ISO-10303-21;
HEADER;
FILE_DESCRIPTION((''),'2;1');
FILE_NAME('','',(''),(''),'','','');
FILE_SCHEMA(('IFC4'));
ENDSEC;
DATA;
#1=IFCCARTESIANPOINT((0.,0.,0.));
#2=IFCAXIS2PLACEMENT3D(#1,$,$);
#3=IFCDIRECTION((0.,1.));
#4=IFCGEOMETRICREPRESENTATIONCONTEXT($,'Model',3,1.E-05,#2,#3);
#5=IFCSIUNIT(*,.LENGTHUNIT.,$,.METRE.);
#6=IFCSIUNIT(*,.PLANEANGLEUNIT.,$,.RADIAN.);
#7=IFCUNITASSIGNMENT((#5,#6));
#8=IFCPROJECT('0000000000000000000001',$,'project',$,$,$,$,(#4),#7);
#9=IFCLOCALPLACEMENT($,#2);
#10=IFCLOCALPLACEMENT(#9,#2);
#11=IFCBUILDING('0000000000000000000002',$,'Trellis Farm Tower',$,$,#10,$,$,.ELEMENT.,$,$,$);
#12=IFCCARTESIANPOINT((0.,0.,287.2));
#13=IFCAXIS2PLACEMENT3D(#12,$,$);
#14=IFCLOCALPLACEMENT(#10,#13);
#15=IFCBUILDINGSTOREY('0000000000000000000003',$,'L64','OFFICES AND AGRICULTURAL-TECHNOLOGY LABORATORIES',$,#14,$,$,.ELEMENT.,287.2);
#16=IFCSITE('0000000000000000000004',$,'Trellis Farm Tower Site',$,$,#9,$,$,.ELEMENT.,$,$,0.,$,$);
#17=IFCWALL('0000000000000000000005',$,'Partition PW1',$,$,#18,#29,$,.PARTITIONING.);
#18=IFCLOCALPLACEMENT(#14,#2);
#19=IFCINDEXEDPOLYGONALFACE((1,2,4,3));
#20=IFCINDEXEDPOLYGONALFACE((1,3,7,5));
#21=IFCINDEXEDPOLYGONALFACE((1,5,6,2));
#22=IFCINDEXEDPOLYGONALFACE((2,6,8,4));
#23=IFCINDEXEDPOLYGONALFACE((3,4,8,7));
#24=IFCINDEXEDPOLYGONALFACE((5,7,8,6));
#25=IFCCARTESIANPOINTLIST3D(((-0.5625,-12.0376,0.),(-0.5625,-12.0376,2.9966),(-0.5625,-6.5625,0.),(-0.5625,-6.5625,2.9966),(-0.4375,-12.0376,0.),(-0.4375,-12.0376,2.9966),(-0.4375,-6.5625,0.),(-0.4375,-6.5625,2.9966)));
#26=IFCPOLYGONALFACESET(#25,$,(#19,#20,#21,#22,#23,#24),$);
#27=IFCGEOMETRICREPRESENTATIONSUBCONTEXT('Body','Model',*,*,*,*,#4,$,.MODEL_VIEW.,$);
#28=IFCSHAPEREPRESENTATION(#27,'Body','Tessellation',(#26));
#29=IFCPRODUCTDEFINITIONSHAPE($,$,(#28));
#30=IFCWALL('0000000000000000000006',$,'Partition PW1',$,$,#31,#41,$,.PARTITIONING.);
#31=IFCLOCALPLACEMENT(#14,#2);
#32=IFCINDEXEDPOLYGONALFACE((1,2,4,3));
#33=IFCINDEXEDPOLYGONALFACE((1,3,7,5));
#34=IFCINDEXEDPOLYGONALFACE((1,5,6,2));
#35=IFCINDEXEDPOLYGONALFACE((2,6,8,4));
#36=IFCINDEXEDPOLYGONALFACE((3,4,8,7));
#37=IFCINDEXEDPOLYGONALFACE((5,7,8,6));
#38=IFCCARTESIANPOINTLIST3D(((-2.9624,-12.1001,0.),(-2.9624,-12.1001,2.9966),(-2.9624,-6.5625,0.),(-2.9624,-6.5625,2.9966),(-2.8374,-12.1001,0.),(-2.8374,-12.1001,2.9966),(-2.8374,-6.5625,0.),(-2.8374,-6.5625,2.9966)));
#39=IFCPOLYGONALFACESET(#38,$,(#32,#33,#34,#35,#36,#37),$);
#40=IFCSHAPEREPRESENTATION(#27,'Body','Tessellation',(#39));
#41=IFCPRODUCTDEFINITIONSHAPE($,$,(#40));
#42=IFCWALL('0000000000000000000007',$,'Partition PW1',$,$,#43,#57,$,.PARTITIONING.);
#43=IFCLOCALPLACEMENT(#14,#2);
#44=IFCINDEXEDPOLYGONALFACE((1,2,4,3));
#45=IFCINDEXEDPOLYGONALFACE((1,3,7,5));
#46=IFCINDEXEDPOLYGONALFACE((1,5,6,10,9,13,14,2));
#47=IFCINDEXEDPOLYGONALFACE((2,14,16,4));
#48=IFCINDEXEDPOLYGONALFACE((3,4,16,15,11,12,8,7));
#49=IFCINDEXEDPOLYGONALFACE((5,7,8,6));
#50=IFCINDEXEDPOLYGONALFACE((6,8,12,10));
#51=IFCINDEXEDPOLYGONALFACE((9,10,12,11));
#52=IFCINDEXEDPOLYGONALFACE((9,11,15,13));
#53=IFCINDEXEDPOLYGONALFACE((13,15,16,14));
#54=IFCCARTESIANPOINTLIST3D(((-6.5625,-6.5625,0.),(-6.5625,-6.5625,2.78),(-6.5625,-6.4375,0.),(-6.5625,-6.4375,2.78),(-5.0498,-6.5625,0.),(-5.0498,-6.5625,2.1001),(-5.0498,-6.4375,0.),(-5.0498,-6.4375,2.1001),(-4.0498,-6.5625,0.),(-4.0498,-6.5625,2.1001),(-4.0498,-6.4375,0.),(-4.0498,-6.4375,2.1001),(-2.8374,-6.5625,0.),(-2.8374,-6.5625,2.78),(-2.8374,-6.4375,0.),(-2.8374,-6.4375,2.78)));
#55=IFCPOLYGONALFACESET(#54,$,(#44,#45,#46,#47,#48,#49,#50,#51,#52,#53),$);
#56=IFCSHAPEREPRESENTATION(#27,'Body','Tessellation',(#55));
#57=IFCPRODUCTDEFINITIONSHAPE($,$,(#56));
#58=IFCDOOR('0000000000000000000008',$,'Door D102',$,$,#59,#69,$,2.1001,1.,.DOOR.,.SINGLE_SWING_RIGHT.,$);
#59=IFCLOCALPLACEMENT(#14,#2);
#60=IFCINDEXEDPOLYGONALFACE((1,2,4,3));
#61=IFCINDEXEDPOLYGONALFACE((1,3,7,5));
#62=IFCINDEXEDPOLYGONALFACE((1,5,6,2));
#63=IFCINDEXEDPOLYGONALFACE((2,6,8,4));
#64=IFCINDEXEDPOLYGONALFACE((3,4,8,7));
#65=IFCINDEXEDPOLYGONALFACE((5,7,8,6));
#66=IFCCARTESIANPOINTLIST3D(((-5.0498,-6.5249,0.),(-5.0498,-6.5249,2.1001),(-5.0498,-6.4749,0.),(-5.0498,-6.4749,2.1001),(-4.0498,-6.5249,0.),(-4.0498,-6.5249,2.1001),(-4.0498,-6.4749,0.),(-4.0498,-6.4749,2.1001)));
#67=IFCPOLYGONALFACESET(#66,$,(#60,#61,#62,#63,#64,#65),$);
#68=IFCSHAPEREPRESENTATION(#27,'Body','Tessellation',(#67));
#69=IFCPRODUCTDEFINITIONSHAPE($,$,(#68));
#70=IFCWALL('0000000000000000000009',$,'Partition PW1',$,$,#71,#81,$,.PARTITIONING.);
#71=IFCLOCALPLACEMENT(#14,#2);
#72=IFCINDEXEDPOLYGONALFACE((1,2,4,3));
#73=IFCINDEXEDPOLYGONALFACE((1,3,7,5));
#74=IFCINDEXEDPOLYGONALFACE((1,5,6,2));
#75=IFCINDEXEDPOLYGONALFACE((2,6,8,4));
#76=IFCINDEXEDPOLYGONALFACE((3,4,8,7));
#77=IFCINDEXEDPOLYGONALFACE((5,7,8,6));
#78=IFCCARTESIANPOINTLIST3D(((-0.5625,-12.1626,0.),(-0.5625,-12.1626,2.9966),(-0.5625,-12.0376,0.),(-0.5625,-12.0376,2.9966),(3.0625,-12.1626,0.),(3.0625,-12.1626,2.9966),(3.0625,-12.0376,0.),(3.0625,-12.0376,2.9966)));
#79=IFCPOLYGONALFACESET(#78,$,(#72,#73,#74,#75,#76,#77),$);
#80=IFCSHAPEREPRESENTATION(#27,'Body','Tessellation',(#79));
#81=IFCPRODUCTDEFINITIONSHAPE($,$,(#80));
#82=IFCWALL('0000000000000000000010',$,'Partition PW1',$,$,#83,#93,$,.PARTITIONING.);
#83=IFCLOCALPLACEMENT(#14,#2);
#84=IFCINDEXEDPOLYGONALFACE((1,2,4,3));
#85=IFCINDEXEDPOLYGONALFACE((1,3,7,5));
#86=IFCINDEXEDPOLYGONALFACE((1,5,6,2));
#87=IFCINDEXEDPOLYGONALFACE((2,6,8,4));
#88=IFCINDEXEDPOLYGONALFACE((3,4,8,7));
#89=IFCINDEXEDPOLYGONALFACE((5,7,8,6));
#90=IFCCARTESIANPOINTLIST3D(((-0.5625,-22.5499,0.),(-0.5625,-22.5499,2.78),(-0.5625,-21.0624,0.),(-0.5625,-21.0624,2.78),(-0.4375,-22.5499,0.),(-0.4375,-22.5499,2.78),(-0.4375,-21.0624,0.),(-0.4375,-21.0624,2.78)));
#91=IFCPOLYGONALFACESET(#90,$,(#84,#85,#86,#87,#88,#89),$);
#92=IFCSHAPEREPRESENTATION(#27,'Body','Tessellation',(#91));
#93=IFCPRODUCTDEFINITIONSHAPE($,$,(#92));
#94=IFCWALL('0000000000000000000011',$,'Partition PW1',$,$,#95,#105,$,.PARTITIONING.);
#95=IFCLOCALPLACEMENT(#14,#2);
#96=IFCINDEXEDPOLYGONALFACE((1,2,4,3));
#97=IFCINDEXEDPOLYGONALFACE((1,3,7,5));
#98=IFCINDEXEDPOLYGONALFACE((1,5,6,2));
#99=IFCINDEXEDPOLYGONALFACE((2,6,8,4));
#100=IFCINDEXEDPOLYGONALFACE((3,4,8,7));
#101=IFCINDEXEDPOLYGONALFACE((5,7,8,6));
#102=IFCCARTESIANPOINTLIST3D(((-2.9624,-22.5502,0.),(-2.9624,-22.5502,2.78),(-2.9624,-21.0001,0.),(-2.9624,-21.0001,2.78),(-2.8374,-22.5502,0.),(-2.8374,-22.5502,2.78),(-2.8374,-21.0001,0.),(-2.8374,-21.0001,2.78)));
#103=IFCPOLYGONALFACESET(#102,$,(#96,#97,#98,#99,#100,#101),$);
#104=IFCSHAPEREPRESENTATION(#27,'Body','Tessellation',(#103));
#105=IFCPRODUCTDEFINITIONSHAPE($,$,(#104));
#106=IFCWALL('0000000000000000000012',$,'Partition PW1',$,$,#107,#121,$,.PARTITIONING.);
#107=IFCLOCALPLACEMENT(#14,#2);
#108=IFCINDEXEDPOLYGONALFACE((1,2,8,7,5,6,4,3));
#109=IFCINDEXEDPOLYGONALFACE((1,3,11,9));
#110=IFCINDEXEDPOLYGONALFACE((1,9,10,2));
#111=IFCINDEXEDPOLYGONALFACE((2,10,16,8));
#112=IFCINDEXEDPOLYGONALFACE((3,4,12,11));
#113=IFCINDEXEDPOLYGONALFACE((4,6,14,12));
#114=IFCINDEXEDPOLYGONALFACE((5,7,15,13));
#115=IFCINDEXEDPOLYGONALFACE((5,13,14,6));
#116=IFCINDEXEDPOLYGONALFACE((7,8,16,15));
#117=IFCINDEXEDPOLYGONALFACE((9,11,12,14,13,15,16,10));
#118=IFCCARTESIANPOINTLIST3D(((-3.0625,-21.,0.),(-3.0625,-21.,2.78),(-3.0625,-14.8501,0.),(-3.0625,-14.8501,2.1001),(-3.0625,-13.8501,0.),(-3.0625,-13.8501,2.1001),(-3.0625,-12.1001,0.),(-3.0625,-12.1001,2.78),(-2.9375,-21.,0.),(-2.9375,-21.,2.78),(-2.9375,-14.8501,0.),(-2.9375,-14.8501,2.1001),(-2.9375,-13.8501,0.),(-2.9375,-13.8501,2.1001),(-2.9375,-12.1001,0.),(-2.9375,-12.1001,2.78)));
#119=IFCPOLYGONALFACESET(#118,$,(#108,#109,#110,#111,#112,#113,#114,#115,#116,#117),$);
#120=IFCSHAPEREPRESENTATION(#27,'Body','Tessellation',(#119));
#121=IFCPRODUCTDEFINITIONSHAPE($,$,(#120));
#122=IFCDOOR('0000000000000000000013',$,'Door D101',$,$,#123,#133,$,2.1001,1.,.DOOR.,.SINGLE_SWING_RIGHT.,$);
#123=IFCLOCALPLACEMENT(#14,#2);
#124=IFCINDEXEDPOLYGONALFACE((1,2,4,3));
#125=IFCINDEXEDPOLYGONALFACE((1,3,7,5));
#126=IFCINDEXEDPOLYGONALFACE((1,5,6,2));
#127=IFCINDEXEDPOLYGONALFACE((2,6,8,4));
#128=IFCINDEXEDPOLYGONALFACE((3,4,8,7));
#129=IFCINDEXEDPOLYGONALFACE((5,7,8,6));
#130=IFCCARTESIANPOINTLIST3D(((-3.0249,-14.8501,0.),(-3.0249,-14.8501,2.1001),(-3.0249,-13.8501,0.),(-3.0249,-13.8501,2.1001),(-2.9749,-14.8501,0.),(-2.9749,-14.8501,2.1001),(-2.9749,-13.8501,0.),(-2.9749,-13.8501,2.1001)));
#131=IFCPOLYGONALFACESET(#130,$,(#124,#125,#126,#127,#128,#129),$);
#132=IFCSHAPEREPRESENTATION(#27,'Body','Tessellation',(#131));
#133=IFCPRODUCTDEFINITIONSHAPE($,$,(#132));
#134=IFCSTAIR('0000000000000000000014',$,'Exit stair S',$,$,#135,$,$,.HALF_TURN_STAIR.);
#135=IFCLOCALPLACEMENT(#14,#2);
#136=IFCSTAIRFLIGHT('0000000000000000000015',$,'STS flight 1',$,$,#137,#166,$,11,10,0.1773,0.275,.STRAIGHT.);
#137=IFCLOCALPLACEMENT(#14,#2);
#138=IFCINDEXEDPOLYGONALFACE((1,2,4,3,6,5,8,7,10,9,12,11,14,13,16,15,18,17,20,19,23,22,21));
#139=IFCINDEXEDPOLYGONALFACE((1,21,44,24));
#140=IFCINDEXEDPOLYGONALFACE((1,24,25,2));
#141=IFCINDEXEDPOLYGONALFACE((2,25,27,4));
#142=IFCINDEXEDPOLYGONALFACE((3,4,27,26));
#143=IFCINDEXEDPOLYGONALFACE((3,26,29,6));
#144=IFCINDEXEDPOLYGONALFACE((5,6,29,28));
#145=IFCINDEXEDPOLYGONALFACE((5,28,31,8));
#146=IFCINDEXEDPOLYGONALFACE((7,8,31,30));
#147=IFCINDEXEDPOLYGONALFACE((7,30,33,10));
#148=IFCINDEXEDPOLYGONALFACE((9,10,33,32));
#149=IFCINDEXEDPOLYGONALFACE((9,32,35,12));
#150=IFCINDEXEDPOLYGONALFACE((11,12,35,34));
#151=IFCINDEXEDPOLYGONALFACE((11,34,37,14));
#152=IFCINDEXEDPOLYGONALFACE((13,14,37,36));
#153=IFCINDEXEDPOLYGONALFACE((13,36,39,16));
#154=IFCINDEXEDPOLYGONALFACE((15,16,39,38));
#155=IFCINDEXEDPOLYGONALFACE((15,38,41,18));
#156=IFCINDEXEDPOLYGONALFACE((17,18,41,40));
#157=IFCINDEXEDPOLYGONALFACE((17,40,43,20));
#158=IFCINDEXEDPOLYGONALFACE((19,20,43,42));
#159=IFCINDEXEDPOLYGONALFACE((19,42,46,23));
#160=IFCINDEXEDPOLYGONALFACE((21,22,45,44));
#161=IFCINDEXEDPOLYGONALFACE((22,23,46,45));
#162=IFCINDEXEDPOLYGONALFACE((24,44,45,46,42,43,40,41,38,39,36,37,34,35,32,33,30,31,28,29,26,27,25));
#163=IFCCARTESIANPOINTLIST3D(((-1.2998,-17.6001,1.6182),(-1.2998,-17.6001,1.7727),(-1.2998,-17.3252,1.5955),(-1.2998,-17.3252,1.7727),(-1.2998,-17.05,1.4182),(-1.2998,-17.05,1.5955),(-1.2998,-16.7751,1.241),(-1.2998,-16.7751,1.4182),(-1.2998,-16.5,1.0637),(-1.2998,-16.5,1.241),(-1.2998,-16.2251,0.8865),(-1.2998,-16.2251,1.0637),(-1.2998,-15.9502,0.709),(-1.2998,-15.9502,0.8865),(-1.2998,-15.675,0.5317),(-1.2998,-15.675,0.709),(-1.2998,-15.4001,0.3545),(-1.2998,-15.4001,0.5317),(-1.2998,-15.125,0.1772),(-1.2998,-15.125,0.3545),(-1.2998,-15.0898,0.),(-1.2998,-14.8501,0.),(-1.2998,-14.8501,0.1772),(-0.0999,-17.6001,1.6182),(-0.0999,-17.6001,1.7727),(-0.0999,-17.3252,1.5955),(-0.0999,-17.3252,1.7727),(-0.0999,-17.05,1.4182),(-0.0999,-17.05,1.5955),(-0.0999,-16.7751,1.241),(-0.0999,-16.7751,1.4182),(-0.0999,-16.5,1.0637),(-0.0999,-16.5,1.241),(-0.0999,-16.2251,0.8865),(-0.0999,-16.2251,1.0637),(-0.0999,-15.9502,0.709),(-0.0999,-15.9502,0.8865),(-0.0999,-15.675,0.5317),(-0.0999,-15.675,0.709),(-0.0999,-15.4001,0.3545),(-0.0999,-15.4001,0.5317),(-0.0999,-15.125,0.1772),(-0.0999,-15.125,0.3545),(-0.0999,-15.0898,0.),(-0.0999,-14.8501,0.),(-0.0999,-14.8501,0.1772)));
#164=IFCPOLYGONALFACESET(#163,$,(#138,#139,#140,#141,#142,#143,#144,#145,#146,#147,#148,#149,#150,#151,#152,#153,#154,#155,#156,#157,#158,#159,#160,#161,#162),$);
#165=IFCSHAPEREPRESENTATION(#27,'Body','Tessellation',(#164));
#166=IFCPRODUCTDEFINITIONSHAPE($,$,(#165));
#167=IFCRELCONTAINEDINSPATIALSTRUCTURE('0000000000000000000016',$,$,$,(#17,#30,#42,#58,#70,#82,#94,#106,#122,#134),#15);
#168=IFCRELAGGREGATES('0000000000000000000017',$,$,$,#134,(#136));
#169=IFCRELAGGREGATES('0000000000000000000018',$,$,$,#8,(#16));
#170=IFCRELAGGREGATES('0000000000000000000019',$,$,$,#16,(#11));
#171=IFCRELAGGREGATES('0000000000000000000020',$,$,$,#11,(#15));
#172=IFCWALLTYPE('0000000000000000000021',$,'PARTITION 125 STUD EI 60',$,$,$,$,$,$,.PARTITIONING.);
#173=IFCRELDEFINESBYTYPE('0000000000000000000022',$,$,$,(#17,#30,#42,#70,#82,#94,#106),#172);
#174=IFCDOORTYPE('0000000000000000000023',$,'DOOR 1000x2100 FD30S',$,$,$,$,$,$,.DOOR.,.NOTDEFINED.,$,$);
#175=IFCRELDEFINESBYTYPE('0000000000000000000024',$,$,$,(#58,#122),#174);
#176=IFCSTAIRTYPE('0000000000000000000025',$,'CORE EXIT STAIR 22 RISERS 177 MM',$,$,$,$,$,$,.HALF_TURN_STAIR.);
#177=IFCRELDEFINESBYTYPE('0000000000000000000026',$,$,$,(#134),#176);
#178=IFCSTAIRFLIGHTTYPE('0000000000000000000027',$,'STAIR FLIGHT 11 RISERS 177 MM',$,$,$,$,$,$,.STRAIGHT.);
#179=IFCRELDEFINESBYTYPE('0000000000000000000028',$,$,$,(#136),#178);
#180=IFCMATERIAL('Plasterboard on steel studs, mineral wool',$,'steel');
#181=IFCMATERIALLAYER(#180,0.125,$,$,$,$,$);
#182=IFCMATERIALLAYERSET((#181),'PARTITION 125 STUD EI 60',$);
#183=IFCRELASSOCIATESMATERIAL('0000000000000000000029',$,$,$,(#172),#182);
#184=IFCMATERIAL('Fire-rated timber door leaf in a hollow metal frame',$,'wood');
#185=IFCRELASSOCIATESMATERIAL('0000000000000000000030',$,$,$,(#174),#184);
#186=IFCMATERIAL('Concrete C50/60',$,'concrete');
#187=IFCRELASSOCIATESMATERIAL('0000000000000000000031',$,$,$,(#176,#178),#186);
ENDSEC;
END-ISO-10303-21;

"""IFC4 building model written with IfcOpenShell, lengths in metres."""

from ifc_helpers import new_model, si_unit, direction, frame, frame_2d, origin, place, context, subcontext, project, spatial, polyline, rectangle, outline, extrude, source, transform, mapped, material, layer, layer_set, type_object, element, fill, aggregate, save


model = new_model("IFC4")

# Units and contexts
model_context = context("Model", 3, precision=1e-05, world=origin(), true_north=direction((0.0, 1.0)))
body_context = subcontext(model_context, "Body", "Model", "MODEL_VIEW")
ifc_project = project(units=[si_unit("LENGTHUNIT", "METRE"), si_unit("PLANEANGLEUNIT", "RADIAN")], contexts=[model_context])

# Site, building, storey
site_placement = place(None, origin())
site = spatial("IfcSite", under=ifc_project, at=site_placement, Name="Trellis Farm Tower Site", CompositionType="ELEMENT", RefElevation=0.0)
building_placement = place(site_placement, origin())
building = spatial("IfcBuilding", under=site, at=building_placement, Name="Trellis Farm Tower", CompositionType="ELEMENT")
storey_placement = place(building_placement, frame((0.0, 0.0, 287.2)))
storey = spatial("IfcBuildingStorey", under=building, at=storey_placement, Name="L64", Description="OFFICES AND AGRICULTURAL-TECHNOLOGY LABORATORIES", CompositionType="ELEMENT", Elevation=287.2)

# Shared definitions
placement = place(storey_placement, origin())

# Walls
ifc_material_1 = material(Name="Concrete C50/60", Category="concrete")
ifc_material_2 = material(Name="Plasterboard on steel studs, mineral wool", Category="steel")
ifc_layer_1 = layer(ifc_material_2, 0.125)
ifc_layer_set_1 = layer_set([ifc_layer_1], Name="PARTITION 125 STUD EI 60")
wall_type_1 = type_object("IfcWallType", Name="PARTITION 125 STUD EI 60", PredefinedType="PARTITIONING", material=ifc_layer_set_1)
shared_shape_1 = source(origin(), body_context, "Body", "SweptSolid", [
    extrude(rectangle(XDim=5.4751, YDim=0.125, at=frame_2d((2.7375, 0.0))), origin(), (0.0, 0.0, 1.0), 2.9966),
])
wall_1_placement = place(storey_placement, frame((-0.5, -6.5625, 0.0), z_axis=(0.0, 0.0, 1.0), x_axis=(0.0, -1.0, 0.0)))
element("IfcWall", 1, at=wall_1_placement, inside=storey, type_object=wall_type_1, Name="Partition PW1", PredefinedType="PARTITIONING", context=body_context, shape_type="MappedRepresentation", body=[
    mapped(shared_shape_1, transform((0.0, 0.0, 0.0))),
])
shared_shape_2 = source(origin(), body_context, "Body", "SweptSolid", [
    extrude(rectangle(XDim=5.5376, YDim=0.125, at=frame_2d((2.7688, 0.0))), origin(), (0.0, 0.0, 1.0), 2.9966),
])
wall_2_placement = place(storey_placement, frame((-2.8999, -12.1001, 0.0), z_axis=(0.0, 0.0, 1.0), x_axis=(0.0, 1.0, 0.0)))
element("IfcWall", 2, at=wall_2_placement, inside=storey, type_object=wall_type_1, Name="Partition PW1", PredefinedType="PARTITIONING", context=body_context, shape_type="MappedRepresentation", body=[
    mapped(shared_shape_2, transform((0.0, 0.0, 0.0))),
])

# Wall, opening, door
shared_shape_3 = source(origin(), body_context, "Body", "SweptSolid", [
    extrude(rectangle(XDim=3.7251, YDim=0.125, at=frame_2d((1.8625, 0.0))), origin(), (0.0, 0.0, 1.0), 2.78),
])
wall_3_placement = place(storey_placement, frame((-2.8374, -6.5, 0.0), z_axis=(0.0, 0.0, 1.0), x_axis=(-1.0, 0.0, 0.0)))
wall_3 = element("IfcWall", 3, at=wall_3_placement, inside=storey, type_object=wall_type_1, Name="Partition PW1", PredefinedType="PARTITIONING", context=body_context, shape_type="MappedRepresentation", body=[
    mapped(shared_shape_3, transform((0.0, 0.0, 0.0))),
])
shared_shape_4 = source(origin(), body_context, "Body", "SweptSolid", [
    extrude(rectangle(XDim=1.0, YDim=2.1001, at=frame_2d((0.5, 1.05))), frame((0.0, 0.0725, 0.0), z_axis=(0.0, -1.0, 0.0), x_axis=(1.0, 0.0, 0.0)), (0.0, 0.0, 1.0), 0.145),
])
opening_1_placement = place(wall_3_placement, frame((1.2124, 0.0, 0.0)))
opening_1 = element("IfcOpeningElement", 4, at=opening_1_placement, cuts=wall_3, PredefinedType="OPENING", context=body_context, shape_type="MappedRepresentation", body=[
    mapped(shared_shape_4, transform((0.0, 0.0, 0.0))),
])
ifc_material_3 = material(Name="Fire-rated timber door leaf in a hollow metal frame", Category="wood")
door_type = type_object("IfcDoorType", Name="DOOR 1000x2100 FD30S", OperationType="NOTDEFINED", PredefinedType="DOOR", material=ifc_material_3)
shared_shape_5 = source(origin(), body_context, "Body", "SweptSolid", [
    extrude(rectangle(XDim=1.0, YDim=2.1001, at=frame_2d((0.5, 1.05))), frame((0.0, 0.0249, 0.0), z_axis=(0.0, -1.0, 0.0), x_axis=(1.0, 0.0, 0.0)), (0.0, 0.0, 1.0), 0.05),
])
door_1_placement = place(opening_1_placement, origin())
door_1 = element("IfcDoor", 5, at=door_1_placement, inside=storey, type_object=door_type, Name="Door D102", OperationType="SINGLE_SWING_RIGHT", OverallHeight=2.1001, OverallWidth=1.0, PredefinedType="DOOR", context=body_context, shape_type="MappedRepresentation", body=[
    mapped(shared_shape_5, transform((0.0, 0.0, 0.0))),
])
fill(opening_1, door_1)

# Walls
shared_shape_6 = source(origin(), body_context, "Body", "SweptSolid", [
    extrude(rectangle(XDim=3.625, YDim=0.125, at=frame_2d((1.8125, 0.0))), origin(), (0.0, 0.0, 1.0), 2.9966),
])
wall_4_placement = place(storey_placement, frame((-0.5625, -12.1001, 0.0), z_axis=(0.0, 0.0, 1.0), x_axis=(1.0, 0.0, 0.0)))
element("IfcWall", 6, at=wall_4_placement, inside=storey, type_object=wall_type_1, Name="Partition PW1", PredefinedType="PARTITIONING", context=body_context, shape_type="MappedRepresentation", body=[
    mapped(shared_shape_6, transform((0.0, 0.0, 0.0))),
])
shared_shape_7 = source(origin(), body_context, "Body", "SweptSolid", [
    extrude(rectangle(XDim=1.4875, YDim=0.125, at=frame_2d((0.7437, 0.0))), origin(), (0.0, 0.0, 1.0), 2.78),
])
wall_5_placement = place(storey_placement, frame((-0.5, -21.0625, 0.0), z_axis=(0.0, 0.0, 1.0), x_axis=(0.0, -1.0, 0.0)))
element("IfcWall", 7, at=wall_5_placement, inside=storey, type_object=wall_type_1, Name="Partition PW1", PredefinedType="PARTITIONING", context=body_context, shape_type="MappedRepresentation", body=[
    mapped(shared_shape_7, transform((0.0, 0.0, 0.0))),
])
shared_shape_8 = source(origin(), body_context, "Body", "SweptSolid", [
    extrude(rectangle(XDim=1.55, YDim=0.125, at=frame_2d((0.7749, 0.0))), origin(), (0.0, 0.0, 1.0), 2.78),
])
wall_6_placement = place(storey_placement, frame((-2.8999, -22.55, 0.0), z_axis=(0.0, 0.0, 1.0), x_axis=(0.0, 1.0, 0.0)))
element("IfcWall", 8, at=wall_6_placement, inside=storey, type_object=wall_type_1, Name="Partition PW1", PredefinedType="PARTITIONING", context=body_context, shape_type="MappedRepresentation", body=[
    mapped(shared_shape_8, transform((0.0, 0.0, 0.0))),
])

# Wall, opening, door
shared_shape_9 = source(origin(), body_context, "Body", "SweptSolid", [
    extrude(rectangle(XDim=8.8999, YDim=0.125, at=frame_2d((4.45, 0.0))), origin(), (0.0, 0.0, 1.0), 2.78),
])
wall_7_placement = place(storey_placement, frame((-3.0, -21.0, 0.0), z_axis=(0.0, 0.0, 1.0), x_axis=(0.0, 1.0, 0.0)))
wall_7 = element("IfcWall", 9, at=wall_7_placement, inside=storey, type_object=wall_type_1, Name="Partition PW1", PredefinedType="PARTITIONING", context=body_context, shape_type="MappedRepresentation", body=[
    mapped(shared_shape_9, transform((0.0, 0.0, 0.0))),
])
opening_2_placement = place(wall_7_placement, frame((6.1499, 0.0, 0.0)))
opening_2 = element("IfcOpeningElement", 10, at=opening_2_placement, cuts=wall_7, PredefinedType="OPENING", context=body_context, shape_type="MappedRepresentation", body=[
    mapped(shared_shape_4, transform((0.0, 0.0, 0.0))),
])
door_2_placement = place(opening_2_placement, origin())
door_2 = element("IfcDoor", 11, at=door_2_placement, inside=storey, type_object=door_type, Name="Door D101", OperationType="SINGLE_SWING_RIGHT", OverallHeight=2.1001, OverallWidth=1.0, PredefinedType="DOOR", context=body_context, shape_type="MappedRepresentation", body=[
    mapped(shared_shape_5, transform((0.0, 0.0, 0.0))),
])
fill(opening_2, door_2)

# Stair, stair flight
stair_type = type_object("IfcStairType", Name="CORE EXIT STAIR 22 RISERS 177 MM", PredefinedType="HALF_TURN_STAIR", material=ifc_material_1)
stair = element("IfcStair", 12, at=placement, inside=storey, type_object=stair_type, Name="Exit stair S", PredefinedType="HALF_TURN_STAIR")
stair_flight_type = type_object("IfcStairFlightType", Name="STAIR FLIGHT 11 RISERS 177 MM", PredefinedType="STRAIGHT", material=ifc_material_1)
shared_shape_10 = source(origin(), body_context, "Body", "SweptSolid", [
    extrude(outline(polyline([(0.0, 0.0), (0.0, 0.1772), (0.2749, 0.1772), (0.2749, 0.3545), (0.55, 0.3545), (0.55, 0.5317), (0.825, 0.5317), (0.825, 0.709), (1.1001, 0.709), (1.1001, 0.8865), (1.375, 0.8865), (1.375, 1.0637), (1.6499, 1.0637), (1.6499, 1.241), (1.925, 1.241), (1.925, 1.4182), (2.2, 1.4182), (2.2, 1.5955), (2.4751, 1.5955), (2.4751, 1.7727), (2.75, 1.7727), (2.75, 1.95), (2.75, 1.6182), (0.2397, 0.0), (0.0, 0.0)])), frame((0.0, 0.6001, 0.0), z_axis=(0.0, -1.0, 0.0), x_axis=(1.0, 0.0, 0.0)), (0.0, 0.0, 1.0), 1.2),
])
stair_flight_placement = place(storey_placement, frame((-0.7, -14.8501, 0.0), z_axis=(0.0, 0.0, 1.0), x_axis=(0.0, -1.0, 0.0)))
stair_flight = element("IfcStairFlight", 13, at=stair_flight_placement, type_object=stair_flight_type, Name="STS flight 1", NumberOfRisers=11, NumberOfTreads=10, PredefinedType="STRAIGHT", RiserHeight=0.1773, TreadLength=0.275, context=body_context, shape_type="MappedRepresentation", body=[
    mapped(shared_shape_10, transform((0.0, 0.0, 0.0))),
])
aggregate(stair, [stair_flight])

save(model, "model.ifc")
